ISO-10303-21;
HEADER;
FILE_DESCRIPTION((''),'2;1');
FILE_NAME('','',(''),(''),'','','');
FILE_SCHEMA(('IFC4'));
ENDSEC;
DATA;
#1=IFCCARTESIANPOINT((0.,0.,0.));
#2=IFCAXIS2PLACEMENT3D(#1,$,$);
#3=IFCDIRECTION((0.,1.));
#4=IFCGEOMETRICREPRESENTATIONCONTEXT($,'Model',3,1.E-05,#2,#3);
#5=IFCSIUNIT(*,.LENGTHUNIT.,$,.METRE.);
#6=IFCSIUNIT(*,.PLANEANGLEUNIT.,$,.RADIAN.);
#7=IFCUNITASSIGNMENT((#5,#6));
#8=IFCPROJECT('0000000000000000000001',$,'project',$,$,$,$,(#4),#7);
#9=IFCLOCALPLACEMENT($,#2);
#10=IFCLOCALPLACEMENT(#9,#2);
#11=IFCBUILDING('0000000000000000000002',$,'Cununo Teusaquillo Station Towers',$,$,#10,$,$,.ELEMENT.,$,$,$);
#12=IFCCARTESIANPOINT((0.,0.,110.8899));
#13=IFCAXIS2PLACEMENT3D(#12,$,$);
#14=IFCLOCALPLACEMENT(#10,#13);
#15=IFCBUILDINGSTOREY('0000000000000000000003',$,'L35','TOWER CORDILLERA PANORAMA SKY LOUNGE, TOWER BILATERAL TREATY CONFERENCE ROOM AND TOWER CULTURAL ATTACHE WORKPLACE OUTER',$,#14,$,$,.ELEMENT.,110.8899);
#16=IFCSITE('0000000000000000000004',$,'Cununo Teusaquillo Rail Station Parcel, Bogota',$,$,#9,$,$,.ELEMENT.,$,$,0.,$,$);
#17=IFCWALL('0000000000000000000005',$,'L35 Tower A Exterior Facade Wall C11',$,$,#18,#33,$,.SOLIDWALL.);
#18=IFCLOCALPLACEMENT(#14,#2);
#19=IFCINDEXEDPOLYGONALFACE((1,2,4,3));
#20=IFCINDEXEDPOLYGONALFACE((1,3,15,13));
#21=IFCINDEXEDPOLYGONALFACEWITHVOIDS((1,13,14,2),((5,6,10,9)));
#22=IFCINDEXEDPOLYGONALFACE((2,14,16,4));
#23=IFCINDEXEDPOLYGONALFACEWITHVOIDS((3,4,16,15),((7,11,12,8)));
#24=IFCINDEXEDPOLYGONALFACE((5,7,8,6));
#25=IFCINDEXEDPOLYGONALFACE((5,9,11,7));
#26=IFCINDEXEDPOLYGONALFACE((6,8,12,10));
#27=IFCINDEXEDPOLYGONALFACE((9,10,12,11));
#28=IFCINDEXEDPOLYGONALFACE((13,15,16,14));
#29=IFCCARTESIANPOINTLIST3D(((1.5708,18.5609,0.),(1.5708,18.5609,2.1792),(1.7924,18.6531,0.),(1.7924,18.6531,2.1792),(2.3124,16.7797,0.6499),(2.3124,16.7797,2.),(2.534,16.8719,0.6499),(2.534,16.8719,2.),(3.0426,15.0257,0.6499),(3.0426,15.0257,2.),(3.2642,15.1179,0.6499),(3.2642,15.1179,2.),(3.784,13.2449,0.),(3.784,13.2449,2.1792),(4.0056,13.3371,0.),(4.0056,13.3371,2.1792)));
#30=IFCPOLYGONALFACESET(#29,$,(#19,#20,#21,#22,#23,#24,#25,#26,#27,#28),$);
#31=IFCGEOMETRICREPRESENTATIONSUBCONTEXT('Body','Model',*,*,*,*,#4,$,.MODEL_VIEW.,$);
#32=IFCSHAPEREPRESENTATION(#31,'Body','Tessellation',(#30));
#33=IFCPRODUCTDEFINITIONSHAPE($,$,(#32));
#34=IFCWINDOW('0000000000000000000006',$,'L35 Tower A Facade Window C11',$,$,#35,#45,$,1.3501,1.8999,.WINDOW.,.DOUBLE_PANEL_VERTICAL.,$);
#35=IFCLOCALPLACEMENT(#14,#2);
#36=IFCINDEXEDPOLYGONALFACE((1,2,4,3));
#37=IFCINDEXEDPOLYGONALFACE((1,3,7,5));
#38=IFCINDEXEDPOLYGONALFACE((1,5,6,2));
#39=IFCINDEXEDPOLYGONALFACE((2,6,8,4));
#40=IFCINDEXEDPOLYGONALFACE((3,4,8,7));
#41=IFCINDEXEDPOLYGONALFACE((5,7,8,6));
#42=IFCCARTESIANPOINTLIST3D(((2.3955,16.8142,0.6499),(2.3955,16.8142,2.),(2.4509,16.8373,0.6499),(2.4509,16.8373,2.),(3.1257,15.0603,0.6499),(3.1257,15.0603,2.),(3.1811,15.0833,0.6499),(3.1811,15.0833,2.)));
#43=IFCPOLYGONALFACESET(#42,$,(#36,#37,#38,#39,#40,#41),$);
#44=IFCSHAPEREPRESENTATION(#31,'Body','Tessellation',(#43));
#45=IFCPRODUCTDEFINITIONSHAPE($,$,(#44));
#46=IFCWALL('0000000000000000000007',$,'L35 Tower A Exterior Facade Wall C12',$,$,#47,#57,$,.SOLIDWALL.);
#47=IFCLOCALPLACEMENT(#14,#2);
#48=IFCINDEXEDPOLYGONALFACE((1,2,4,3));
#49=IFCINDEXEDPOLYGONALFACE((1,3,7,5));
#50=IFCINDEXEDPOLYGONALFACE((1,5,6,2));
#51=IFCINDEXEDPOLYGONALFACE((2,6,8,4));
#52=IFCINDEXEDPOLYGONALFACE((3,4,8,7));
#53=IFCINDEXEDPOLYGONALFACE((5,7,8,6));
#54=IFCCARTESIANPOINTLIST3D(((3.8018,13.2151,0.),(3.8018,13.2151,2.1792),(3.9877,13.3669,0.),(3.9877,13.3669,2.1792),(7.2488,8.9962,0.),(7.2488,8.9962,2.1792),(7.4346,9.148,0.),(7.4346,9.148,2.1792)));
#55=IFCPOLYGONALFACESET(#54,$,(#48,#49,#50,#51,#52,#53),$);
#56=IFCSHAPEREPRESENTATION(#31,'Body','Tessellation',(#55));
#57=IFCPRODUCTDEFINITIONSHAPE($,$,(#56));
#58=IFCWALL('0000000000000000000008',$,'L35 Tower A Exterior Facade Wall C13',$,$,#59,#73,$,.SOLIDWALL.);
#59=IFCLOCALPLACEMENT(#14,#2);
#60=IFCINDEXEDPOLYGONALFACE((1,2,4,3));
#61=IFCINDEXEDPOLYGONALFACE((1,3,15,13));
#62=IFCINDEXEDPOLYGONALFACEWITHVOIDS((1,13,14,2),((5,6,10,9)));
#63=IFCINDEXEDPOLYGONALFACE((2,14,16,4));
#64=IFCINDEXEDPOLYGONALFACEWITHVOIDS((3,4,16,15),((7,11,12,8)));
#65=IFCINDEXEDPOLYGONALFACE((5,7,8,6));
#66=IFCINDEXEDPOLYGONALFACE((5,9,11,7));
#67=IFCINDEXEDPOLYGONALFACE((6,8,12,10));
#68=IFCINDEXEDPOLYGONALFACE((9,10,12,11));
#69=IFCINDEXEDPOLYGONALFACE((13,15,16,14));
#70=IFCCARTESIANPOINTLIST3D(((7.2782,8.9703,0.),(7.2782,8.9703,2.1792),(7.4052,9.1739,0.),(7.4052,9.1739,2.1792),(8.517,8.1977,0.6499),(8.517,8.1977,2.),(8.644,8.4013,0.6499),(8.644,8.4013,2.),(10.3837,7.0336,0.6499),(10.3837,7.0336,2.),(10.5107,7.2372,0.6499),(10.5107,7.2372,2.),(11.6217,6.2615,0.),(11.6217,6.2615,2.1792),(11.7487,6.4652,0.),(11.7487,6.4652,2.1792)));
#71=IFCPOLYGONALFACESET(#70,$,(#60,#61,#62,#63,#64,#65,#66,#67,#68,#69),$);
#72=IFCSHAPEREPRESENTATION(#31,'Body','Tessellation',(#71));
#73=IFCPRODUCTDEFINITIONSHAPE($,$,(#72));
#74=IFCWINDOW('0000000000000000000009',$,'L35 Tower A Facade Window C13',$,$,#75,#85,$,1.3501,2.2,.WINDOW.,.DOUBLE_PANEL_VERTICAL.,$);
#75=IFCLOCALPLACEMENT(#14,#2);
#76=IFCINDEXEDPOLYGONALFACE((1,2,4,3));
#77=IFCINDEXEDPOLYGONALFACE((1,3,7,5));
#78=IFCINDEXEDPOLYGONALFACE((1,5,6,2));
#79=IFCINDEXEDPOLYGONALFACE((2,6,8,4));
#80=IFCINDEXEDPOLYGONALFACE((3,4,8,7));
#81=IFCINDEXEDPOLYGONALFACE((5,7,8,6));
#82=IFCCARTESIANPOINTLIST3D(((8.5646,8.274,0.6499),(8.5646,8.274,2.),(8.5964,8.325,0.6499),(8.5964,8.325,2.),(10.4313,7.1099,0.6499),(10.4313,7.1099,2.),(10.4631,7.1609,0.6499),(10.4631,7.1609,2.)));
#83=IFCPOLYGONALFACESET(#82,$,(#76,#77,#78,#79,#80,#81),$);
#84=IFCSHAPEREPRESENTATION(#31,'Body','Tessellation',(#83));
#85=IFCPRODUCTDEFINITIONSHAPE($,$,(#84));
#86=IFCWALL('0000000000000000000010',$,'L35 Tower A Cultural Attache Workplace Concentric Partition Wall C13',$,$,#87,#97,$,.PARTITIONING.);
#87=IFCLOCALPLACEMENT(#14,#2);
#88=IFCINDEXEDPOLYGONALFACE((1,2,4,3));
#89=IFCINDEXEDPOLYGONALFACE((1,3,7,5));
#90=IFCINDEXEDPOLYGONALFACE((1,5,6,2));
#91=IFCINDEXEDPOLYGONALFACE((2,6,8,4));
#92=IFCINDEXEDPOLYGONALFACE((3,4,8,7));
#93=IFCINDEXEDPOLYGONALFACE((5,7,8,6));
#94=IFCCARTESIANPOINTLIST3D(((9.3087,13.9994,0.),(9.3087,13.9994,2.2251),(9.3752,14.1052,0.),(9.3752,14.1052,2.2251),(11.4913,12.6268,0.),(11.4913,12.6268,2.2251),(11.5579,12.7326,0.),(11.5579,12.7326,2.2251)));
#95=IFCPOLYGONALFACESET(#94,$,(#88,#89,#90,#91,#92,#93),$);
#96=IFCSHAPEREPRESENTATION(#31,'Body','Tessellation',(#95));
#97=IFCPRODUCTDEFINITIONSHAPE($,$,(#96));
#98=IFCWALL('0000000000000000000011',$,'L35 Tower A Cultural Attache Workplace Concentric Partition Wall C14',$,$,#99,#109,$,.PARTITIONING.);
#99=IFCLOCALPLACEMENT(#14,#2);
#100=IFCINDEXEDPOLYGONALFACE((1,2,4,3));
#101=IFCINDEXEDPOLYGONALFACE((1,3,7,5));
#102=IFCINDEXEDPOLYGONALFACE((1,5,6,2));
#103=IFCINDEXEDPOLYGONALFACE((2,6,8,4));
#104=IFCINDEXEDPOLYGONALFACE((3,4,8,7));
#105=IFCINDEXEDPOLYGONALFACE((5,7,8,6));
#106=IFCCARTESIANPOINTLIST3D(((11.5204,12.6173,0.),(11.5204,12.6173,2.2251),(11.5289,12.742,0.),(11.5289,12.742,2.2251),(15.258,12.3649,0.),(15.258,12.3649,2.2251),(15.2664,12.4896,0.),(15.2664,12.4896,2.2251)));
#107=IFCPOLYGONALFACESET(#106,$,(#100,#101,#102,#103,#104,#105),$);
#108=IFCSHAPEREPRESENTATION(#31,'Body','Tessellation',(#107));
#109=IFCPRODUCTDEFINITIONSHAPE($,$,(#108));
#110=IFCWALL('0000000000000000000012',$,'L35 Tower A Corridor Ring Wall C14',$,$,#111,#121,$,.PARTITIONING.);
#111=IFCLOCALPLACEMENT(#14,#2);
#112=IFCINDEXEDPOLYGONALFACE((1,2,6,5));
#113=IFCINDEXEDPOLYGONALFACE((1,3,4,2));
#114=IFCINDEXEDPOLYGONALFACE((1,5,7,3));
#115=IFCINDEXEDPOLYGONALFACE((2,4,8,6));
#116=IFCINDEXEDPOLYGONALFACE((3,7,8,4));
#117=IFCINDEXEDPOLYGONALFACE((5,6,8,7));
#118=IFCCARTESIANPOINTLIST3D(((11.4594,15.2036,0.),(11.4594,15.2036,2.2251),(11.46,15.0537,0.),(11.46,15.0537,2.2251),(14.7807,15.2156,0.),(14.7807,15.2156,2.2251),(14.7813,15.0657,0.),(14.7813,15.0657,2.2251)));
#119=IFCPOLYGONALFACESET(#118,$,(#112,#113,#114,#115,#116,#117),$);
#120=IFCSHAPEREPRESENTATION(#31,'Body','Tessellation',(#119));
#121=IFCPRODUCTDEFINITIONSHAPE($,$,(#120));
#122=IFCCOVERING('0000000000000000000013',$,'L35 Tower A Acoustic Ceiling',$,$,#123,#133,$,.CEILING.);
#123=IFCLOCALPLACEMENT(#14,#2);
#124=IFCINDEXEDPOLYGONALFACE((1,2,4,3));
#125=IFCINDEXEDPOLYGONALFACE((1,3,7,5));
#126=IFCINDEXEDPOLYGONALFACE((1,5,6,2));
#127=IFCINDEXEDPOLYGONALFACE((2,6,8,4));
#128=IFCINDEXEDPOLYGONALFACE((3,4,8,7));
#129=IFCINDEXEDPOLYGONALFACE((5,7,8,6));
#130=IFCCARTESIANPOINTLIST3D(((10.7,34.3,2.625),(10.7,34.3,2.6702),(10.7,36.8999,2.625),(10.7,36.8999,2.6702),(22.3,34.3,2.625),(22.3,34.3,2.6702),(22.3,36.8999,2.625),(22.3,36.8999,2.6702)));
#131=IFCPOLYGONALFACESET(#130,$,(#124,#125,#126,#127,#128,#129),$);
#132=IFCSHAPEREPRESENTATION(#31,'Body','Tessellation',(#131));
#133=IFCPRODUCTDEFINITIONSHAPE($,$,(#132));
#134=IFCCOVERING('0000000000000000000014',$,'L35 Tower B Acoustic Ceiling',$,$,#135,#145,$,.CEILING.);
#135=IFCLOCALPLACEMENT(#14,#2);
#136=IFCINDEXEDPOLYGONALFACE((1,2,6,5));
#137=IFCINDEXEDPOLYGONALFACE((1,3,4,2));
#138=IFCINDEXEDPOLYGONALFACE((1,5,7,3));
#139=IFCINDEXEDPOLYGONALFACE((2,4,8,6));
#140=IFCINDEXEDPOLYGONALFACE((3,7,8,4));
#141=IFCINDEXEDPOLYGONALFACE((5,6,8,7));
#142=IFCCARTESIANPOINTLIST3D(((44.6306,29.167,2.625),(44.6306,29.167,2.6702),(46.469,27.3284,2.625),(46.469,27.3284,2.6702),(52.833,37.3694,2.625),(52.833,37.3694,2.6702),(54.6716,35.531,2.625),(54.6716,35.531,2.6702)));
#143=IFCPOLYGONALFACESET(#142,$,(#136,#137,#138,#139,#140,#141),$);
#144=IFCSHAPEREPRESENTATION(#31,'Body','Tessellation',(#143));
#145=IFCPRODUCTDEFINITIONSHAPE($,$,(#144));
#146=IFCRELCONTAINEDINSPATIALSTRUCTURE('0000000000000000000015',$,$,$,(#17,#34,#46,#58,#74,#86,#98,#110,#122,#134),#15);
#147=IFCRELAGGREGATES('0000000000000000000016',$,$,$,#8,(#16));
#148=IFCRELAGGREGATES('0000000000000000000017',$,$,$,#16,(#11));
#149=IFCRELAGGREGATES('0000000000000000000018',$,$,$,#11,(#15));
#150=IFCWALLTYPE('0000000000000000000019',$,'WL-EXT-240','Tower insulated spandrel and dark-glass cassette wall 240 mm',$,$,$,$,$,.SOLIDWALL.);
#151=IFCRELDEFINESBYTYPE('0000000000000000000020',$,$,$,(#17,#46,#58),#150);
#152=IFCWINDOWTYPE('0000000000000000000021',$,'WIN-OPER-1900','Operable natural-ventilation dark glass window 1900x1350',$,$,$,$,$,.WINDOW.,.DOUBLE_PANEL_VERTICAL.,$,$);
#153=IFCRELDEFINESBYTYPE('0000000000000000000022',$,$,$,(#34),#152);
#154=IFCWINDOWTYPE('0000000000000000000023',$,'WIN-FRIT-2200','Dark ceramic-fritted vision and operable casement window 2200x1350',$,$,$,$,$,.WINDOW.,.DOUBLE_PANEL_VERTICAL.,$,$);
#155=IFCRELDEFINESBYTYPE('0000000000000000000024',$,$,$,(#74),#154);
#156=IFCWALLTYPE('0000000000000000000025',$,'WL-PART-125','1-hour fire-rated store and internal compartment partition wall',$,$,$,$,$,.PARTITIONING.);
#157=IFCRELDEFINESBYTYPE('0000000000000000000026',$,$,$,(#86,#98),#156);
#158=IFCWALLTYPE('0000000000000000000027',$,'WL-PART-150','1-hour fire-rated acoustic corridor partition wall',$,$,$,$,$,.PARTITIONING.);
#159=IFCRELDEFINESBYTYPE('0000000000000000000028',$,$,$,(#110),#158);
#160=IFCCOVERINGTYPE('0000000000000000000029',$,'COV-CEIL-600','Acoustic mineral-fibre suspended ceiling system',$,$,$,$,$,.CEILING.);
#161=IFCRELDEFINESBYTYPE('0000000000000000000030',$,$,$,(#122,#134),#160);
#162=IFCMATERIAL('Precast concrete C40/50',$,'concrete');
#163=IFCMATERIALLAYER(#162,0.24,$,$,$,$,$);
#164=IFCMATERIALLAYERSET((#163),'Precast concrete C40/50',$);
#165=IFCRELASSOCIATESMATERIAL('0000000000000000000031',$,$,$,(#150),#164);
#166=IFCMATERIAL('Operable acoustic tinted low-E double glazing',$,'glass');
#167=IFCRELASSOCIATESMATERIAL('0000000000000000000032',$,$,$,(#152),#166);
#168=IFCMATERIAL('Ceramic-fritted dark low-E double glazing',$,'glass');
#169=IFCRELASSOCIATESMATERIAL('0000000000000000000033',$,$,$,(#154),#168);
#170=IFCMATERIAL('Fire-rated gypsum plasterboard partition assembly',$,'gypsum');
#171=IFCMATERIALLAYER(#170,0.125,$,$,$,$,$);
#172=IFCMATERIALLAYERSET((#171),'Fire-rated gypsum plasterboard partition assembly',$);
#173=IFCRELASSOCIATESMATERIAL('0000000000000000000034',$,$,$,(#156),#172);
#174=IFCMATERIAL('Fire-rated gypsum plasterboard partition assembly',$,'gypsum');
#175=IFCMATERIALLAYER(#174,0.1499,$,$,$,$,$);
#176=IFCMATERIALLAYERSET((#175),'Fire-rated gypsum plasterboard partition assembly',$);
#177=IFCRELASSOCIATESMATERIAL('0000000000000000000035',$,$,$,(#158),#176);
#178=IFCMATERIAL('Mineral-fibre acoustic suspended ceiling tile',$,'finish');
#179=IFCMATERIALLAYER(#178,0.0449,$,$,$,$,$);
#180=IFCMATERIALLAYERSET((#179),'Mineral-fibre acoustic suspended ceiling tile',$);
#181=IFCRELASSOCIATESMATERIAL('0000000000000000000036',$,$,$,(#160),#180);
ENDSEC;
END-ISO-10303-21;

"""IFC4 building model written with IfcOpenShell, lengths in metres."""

from ifc_helpers import new_model, si_unit, direction, frame, frame_2d, origin, place, context, subcontext, project, spatial, polyline, rectangle, outline, extrude, source, transform, mapped, material, layer, layer_set, type_object, element, fill, save


model = new_model("IFC4")

# Units and contexts
model_context = context("Model", 3, precision=1e-05, world=origin(), true_north=direction((0.0, 1.0)))
body_context = subcontext(model_context, "Body", "Model", "MODEL_VIEW")
ifc_project = project(units=[si_unit("LENGTHUNIT", "METRE"), si_unit("PLANEANGLEUNIT", "RADIAN")], contexts=[model_context])

# Site, building, storey
site_placement = place(None, origin())
site = spatial("IfcSite", under=ifc_project, at=site_placement, Name="Cununo Teusaquillo Rail Station Parcel, Bogota", CompositionType="ELEMENT", RefElevation=0.0)
building_placement = place(site_placement, origin())
building = spatial("IfcBuilding", under=site, at=building_placement, Name="Cununo Teusaquillo Station Towers", CompositionType="ELEMENT")
storey_placement = place(building_placement, frame((0.0, 0.0, 110.8899)))
storey = spatial("IfcBuildingStorey", under=building, at=storey_placement, Name="L35", Description="TOWER CORDILLERA PANORAMA SKY LOUNGE, TOWER BILATERAL TREATY CONFERENCE ROOM AND TOWER CULTURAL ATTACHE WORKPLACE OUTER", CompositionType="ELEMENT", Elevation=110.8899)

# Wall, opening, window
ifc_material_1 = material(Name="Precast concrete C40/50", Category="concrete")
ifc_layer_1 = layer(ifc_material_1, 0.24)
ifc_layer_set_1 = layer_set([ifc_layer_1], Name="Precast concrete C40/50")
wall_type_1 = type_object("IfcWallType", Name="WL-EXT-240", Description="Tower insulated spandrel and dark-glass cassette wall 240 mm", PredefinedType="SOLIDWALL", material=ifc_layer_set_1)
wall_1_placement = place(storey_placement, frame((3.8948, 13.291, 0.0), z_axis=(0.0, 0.0, 1.0), x_axis=(-0.384344, 0.92319, 0.0)))
wall_1 = element("IfcWall", 1, at=wall_1_placement, inside=storey, type_object=wall_type_1, Name="L35 Tower A Exterior Facade Wall C11", PredefinedType="SOLIDWALL", context=body_context, shape_type="SweptSolid", body=[
    extrude(rectangle(XDim=5.7583, YDim=0.24, at=frame_2d((2.8792, 0.0))), origin(), (0.0, 0.0, 1.0), 2.1792),
])
shared_shape_1 = source(origin(), body_context, "Body", "SweptSolid", [
    extrude(rectangle(XDim=1.8999, YDim=1.3501, at=frame_2d((0.95, 0.675))), frame((0.0, 0.1299, 0.0), z_axis=(0.0, -1.0, 0.0), x_axis=(1.0, 0.0, 0.0)), (0.0, 0.0, 1.0), 0.26),
])
opening_1_placement = place(wall_1_placement, frame((1.929, 0.0, 0.6499)))
opening_1 = element("IfcOpeningElement", 2, at=opening_1_placement, cuts=wall_1, PredefinedType="OPENING", context=body_context, shape_type="MappedRepresentation", body=[
    mapped(shared_shape_1, transform((0.0, 0.0, 0.0), x_axis=(1.0, 0.0, 0.0), y_axis=(0.0, 1.0, 0.0), z_axis=(0.0, 0.0, 1.0), scale=1.0)),
])
ifc_material_2 = material(Name="Operable acoustic tinted low-E double glazing", Category="glass")
window_type_1 = type_object("IfcWindowType", Name="WIN-OPER-1900", Description="Operable natural-ventilation dark glass window 1900x1350", PartitioningType="DOUBLE_PANEL_VERTICAL", PredefinedType="WINDOW", material=ifc_material_2)
shared_shape_2 = source(origin(), body_context, "Body", "SweptSolid", [
    extrude(rectangle(XDim=1.8999, YDim=1.3501, at=frame_2d((0.95, 0.675))), frame((0.0, 0.03, 0.0), z_axis=(0.0, -1.0, 0.0), x_axis=(1.0, 0.0, 0.0)), (0.0, 0.0, 1.0), 0.0601),
])
window_1_placement = place(opening_1_placement, origin())
window_1 = element("IfcWindow", 3, at=window_1_placement, inside=storey, type_object=window_type_1, Name="L35 Tower A Facade Window C11", OverallHeight=1.3501, OverallWidth=1.8999, PartitioningType="DOUBLE_PANEL_VERTICAL", PredefinedType="WINDOW", context=body_context, shape_type="MappedRepresentation", body=[
    mapped(shared_shape_2, transform((0.0, 0.0, 0.0), x_axis=(1.0, 0.0, 0.0), y_axis=(0.0, 1.0, 0.0), z_axis=(0.0, 0.0, 1.0), scale=1.0)),
])
fill(opening_1, window_1)

# Wall
wall_2_placement = place(storey_placement, frame((7.3418, 9.072, 0.0), z_axis=(0.0, 0.0, 1.0), x_axis=(-0.632701, 0.774396, 0.0)))
element("IfcWall", 4, at=wall_2_placement, inside=storey, type_object=wall_type_1, Name="L35 Tower A Exterior Facade Wall C12", PredefinedType="SOLIDWALL", context=body_context, shape_type="SweptSolid", body=[
    extrude(rectangle(XDim=5.448, YDim=0.24, at=frame_2d((2.7241, 0.0))), origin(), (0.0, 0.0, 1.0), 2.1792),
])

# Wall, opening, window
wall_3_placement = place(storey_placement, frame((11.6853, 6.3633, 0.0), z_axis=(0.0, 0.0, 1.0), x_axis=(-0.84852, 0.529163, 0.0)))
wall_3 = element("IfcWall", 5, at=wall_3_placement, inside=storey, type_object=wall_type_1, Name="L35 Tower A Exterior Facade Wall C13", PredefinedType="SOLIDWALL", context=body_context, shape_type="SweptSolid", body=[
    extrude(rectangle(XDim=5.1189, YDim=0.24, at=frame_2d((2.5596, 0.0))), origin(), (0.0, 0.0, 1.0), 2.1792),
])
shared_shape_3 = source(origin(), body_context, "Body", "SweptSolid", [
    extrude(rectangle(XDim=2.2, YDim=1.3501, at=frame_2d((1.1001, 0.675))), frame((0.0, 0.1299, 0.0), z_axis=(0.0, -1.0, 0.0), x_axis=(1.0, 0.0, 0.0)), (0.0, 0.0, 1.0), 0.26),
])
opening_2_placement = place(wall_3_placement, frame((1.459, 0.0, 0.6499)))
opening_2 = element("IfcOpeningElement", 6, at=opening_2_placement, cuts=wall_3, PredefinedType="OPENING", context=body_context, shape_type="MappedRepresentation", body=[
    mapped(shared_shape_3, transform((0.0, 0.0, 0.0), x_axis=(1.0, 0.0, 0.0), y_axis=(0.0, 1.0, 0.0), z_axis=(0.0, 0.0, 1.0), scale=1.0)),
])
ifc_material_3 = material(Name="Ceramic-fritted dark low-E double glazing", Category="glass")
window_type_2 = type_object("IfcWindowType", Name="WIN-FRIT-2200", Description="Dark ceramic-fritted vision and operable casement window 2200x1350", PartitioningType="DOUBLE_PANEL_VERTICAL", PredefinedType="WINDOW", material=ifc_material_3)
shared_shape_4 = source(origin(), body_context, "Body", "SweptSolid", [
    extrude(rectangle(XDim=2.2, YDim=1.3501, at=frame_2d((1.1001, 0.675))), frame((0.0, 0.03, 0.0), z_axis=(0.0, -1.0, 0.0), x_axis=(1.0, 0.0, 0.0)), (0.0, 0.0, 1.0), 0.0601),
])
window_2_placement = place(opening_2_placement, origin())
window_2 = element("IfcWindow", 7, at=window_2_placement, inside=storey, type_object=window_type_2, Name="L35 Tower A Facade Window C13", OverallHeight=1.3501, OverallWidth=2.2, PartitioningType="DOUBLE_PANEL_VERTICAL", PredefinedType="WINDOW", context=body_context, shape_type="MappedRepresentation", body=[
    mapped(shared_shape_4, transform((0.0, 0.0, 0.0), x_axis=(1.0, 0.0, 0.0), y_axis=(0.0, 1.0, 0.0), z_axis=(0.0, 0.0, 1.0), scale=1.0)),
])
fill(opening_2, window_2)

# Walls
ifc_material_4 = material(Name="Fire-rated gypsum plasterboard partition assembly", Category="gypsum")
ifc_layer_2 = layer(ifc_material_4, 0.125)
ifc_layer_set_2 = layer_set([ifc_layer_2], Name="Fire-rated gypsum plasterboard partition assembly")
wall_type_2 = type_object("IfcWallType", Name="WL-PART-125", Description="1-hour fire-rated store and internal compartment partition wall", PredefinedType="PARTITIONING", material=ifc_layer_set_2)
wall_4_placement = place(storey_placement, frame((9.342, 14.0522, 0.0), z_axis=(0.0, 0.0, 1.0), x_axis=(0.846527, -0.532346, 0.0)))
element("IfcWall", 8, at=wall_4_placement, inside=storey, type_object=wall_type_2, Name="L35 Tower A Cultural Attache Workplace Concentric Partition Wall C13", PredefinedType="PARTITIONING", context=body_context, shape_type="SweptSolid", body=[
    extrude(rectangle(XDim=2.5784, YDim=0.125, at=frame_2d((1.2891, 0.0))), origin(), (0.0, 0.0, 1.0), 2.2251),
])
wall_5_placement = place(storey_placement, frame((11.5247, 12.6797, 0.0), z_axis=(0.0, 0.0, 1.0), x_axis=(0.997727, -0.067388, 0.0)))
element("IfcWall", 9, at=wall_5_placement, inside=storey, type_object=wall_type_2, Name="L35 Tower A Cultural Attache Workplace Concentric Partition Wall C14", PredefinedType="PARTITIONING", context=body_context, shape_type="SweptSolid", body=[
    extrude(rectangle(XDim=3.7461, YDim=0.125, at=frame_2d((1.873, 0.0))), origin(), (0.0, 0.0, 1.0), 2.2251),
])
ifc_material_5 = material(Name="Fire-rated gypsum plasterboard partition assembly", Category="gypsum")
ifc_layer_3 = layer(ifc_material_5, 0.1499)
ifc_layer_set_3 = layer_set([ifc_layer_3], Name="Fire-rated gypsum plasterboard partition assembly")
wall_type_3 = type_object("IfcWallType", Name="WL-PART-150", Description="1-hour fire-rated acoustic corridor partition wall", PredefinedType="PARTITIONING", material=ifc_layer_set_3)
wall_6_placement = place(storey_placement, frame((11.4597, 15.1287, 0.0), z_axis=(0.0, 0.0, 1.0), x_axis=(0.999994, 0.003602, 0.0)))
element("IfcWall", 10, at=wall_6_placement, inside=storey, type_object=wall_type_3, Name="L35 Tower A Corridor Ring Wall C14", PredefinedType="PARTITIONING", context=body_context, shape_type="SweptSolid", body=[
    extrude(rectangle(XDim=3.3213, YDim=0.1499, at=frame_2d((1.6606, 0.0))), origin(), (0.0, 0.0, 1.0), 2.2251),
])

# Coverings
ifc_material_6 = material(Name="Mineral-fibre acoustic suspended ceiling tile", Category="finish")
ifc_layer_4 = layer(ifc_material_6, 0.0449)
ifc_layer_set_4 = layer_set([ifc_layer_4], Name="Mineral-fibre acoustic suspended ceiling tile")
covering_type = type_object("IfcCoveringType", Name="COV-CEIL-600", Description="Acoustic mineral-fibre suspended ceiling system", PredefinedType="CEILING", material=ifc_layer_set_4)
covering_1_placement = place(storey_placement, frame((0.0, 0.0, 2.625)))
element("IfcCovering", 11, at=covering_1_placement, inside=storey, type_object=covering_type, Name="L35 Tower A Acoustic Ceiling", PredefinedType="CEILING", context=body_context, shape_type="SweptSolid", body=[
    extrude(outline(polyline([(22.3, 36.8999), (22.3, 34.3), (10.7, 34.3), (10.7, 36.8999), (22.3, 36.8999)])), origin(), (0.0, 0.0, 1.0), 0.0452),
])
covering_2_placement = place(storey_placement, frame((0.0, 0.0, 2.625)))
element("IfcCovering", 12, at=covering_2_placement, inside=storey, type_object=covering_type, Name="L35 Tower B Acoustic Ceiling", PredefinedType="CEILING", context=body_context, shape_type="SweptSolid", body=[
    extrude(outline(polyline([(52.833, 37.3694), (54.6716, 35.531), (46.469, 27.3284), (44.6306, 29.167), (52.833, 37.3694)])), origin(), (0.0, 0.0, 1.0), 0.0452),
])

save(model, "model.ifc")
